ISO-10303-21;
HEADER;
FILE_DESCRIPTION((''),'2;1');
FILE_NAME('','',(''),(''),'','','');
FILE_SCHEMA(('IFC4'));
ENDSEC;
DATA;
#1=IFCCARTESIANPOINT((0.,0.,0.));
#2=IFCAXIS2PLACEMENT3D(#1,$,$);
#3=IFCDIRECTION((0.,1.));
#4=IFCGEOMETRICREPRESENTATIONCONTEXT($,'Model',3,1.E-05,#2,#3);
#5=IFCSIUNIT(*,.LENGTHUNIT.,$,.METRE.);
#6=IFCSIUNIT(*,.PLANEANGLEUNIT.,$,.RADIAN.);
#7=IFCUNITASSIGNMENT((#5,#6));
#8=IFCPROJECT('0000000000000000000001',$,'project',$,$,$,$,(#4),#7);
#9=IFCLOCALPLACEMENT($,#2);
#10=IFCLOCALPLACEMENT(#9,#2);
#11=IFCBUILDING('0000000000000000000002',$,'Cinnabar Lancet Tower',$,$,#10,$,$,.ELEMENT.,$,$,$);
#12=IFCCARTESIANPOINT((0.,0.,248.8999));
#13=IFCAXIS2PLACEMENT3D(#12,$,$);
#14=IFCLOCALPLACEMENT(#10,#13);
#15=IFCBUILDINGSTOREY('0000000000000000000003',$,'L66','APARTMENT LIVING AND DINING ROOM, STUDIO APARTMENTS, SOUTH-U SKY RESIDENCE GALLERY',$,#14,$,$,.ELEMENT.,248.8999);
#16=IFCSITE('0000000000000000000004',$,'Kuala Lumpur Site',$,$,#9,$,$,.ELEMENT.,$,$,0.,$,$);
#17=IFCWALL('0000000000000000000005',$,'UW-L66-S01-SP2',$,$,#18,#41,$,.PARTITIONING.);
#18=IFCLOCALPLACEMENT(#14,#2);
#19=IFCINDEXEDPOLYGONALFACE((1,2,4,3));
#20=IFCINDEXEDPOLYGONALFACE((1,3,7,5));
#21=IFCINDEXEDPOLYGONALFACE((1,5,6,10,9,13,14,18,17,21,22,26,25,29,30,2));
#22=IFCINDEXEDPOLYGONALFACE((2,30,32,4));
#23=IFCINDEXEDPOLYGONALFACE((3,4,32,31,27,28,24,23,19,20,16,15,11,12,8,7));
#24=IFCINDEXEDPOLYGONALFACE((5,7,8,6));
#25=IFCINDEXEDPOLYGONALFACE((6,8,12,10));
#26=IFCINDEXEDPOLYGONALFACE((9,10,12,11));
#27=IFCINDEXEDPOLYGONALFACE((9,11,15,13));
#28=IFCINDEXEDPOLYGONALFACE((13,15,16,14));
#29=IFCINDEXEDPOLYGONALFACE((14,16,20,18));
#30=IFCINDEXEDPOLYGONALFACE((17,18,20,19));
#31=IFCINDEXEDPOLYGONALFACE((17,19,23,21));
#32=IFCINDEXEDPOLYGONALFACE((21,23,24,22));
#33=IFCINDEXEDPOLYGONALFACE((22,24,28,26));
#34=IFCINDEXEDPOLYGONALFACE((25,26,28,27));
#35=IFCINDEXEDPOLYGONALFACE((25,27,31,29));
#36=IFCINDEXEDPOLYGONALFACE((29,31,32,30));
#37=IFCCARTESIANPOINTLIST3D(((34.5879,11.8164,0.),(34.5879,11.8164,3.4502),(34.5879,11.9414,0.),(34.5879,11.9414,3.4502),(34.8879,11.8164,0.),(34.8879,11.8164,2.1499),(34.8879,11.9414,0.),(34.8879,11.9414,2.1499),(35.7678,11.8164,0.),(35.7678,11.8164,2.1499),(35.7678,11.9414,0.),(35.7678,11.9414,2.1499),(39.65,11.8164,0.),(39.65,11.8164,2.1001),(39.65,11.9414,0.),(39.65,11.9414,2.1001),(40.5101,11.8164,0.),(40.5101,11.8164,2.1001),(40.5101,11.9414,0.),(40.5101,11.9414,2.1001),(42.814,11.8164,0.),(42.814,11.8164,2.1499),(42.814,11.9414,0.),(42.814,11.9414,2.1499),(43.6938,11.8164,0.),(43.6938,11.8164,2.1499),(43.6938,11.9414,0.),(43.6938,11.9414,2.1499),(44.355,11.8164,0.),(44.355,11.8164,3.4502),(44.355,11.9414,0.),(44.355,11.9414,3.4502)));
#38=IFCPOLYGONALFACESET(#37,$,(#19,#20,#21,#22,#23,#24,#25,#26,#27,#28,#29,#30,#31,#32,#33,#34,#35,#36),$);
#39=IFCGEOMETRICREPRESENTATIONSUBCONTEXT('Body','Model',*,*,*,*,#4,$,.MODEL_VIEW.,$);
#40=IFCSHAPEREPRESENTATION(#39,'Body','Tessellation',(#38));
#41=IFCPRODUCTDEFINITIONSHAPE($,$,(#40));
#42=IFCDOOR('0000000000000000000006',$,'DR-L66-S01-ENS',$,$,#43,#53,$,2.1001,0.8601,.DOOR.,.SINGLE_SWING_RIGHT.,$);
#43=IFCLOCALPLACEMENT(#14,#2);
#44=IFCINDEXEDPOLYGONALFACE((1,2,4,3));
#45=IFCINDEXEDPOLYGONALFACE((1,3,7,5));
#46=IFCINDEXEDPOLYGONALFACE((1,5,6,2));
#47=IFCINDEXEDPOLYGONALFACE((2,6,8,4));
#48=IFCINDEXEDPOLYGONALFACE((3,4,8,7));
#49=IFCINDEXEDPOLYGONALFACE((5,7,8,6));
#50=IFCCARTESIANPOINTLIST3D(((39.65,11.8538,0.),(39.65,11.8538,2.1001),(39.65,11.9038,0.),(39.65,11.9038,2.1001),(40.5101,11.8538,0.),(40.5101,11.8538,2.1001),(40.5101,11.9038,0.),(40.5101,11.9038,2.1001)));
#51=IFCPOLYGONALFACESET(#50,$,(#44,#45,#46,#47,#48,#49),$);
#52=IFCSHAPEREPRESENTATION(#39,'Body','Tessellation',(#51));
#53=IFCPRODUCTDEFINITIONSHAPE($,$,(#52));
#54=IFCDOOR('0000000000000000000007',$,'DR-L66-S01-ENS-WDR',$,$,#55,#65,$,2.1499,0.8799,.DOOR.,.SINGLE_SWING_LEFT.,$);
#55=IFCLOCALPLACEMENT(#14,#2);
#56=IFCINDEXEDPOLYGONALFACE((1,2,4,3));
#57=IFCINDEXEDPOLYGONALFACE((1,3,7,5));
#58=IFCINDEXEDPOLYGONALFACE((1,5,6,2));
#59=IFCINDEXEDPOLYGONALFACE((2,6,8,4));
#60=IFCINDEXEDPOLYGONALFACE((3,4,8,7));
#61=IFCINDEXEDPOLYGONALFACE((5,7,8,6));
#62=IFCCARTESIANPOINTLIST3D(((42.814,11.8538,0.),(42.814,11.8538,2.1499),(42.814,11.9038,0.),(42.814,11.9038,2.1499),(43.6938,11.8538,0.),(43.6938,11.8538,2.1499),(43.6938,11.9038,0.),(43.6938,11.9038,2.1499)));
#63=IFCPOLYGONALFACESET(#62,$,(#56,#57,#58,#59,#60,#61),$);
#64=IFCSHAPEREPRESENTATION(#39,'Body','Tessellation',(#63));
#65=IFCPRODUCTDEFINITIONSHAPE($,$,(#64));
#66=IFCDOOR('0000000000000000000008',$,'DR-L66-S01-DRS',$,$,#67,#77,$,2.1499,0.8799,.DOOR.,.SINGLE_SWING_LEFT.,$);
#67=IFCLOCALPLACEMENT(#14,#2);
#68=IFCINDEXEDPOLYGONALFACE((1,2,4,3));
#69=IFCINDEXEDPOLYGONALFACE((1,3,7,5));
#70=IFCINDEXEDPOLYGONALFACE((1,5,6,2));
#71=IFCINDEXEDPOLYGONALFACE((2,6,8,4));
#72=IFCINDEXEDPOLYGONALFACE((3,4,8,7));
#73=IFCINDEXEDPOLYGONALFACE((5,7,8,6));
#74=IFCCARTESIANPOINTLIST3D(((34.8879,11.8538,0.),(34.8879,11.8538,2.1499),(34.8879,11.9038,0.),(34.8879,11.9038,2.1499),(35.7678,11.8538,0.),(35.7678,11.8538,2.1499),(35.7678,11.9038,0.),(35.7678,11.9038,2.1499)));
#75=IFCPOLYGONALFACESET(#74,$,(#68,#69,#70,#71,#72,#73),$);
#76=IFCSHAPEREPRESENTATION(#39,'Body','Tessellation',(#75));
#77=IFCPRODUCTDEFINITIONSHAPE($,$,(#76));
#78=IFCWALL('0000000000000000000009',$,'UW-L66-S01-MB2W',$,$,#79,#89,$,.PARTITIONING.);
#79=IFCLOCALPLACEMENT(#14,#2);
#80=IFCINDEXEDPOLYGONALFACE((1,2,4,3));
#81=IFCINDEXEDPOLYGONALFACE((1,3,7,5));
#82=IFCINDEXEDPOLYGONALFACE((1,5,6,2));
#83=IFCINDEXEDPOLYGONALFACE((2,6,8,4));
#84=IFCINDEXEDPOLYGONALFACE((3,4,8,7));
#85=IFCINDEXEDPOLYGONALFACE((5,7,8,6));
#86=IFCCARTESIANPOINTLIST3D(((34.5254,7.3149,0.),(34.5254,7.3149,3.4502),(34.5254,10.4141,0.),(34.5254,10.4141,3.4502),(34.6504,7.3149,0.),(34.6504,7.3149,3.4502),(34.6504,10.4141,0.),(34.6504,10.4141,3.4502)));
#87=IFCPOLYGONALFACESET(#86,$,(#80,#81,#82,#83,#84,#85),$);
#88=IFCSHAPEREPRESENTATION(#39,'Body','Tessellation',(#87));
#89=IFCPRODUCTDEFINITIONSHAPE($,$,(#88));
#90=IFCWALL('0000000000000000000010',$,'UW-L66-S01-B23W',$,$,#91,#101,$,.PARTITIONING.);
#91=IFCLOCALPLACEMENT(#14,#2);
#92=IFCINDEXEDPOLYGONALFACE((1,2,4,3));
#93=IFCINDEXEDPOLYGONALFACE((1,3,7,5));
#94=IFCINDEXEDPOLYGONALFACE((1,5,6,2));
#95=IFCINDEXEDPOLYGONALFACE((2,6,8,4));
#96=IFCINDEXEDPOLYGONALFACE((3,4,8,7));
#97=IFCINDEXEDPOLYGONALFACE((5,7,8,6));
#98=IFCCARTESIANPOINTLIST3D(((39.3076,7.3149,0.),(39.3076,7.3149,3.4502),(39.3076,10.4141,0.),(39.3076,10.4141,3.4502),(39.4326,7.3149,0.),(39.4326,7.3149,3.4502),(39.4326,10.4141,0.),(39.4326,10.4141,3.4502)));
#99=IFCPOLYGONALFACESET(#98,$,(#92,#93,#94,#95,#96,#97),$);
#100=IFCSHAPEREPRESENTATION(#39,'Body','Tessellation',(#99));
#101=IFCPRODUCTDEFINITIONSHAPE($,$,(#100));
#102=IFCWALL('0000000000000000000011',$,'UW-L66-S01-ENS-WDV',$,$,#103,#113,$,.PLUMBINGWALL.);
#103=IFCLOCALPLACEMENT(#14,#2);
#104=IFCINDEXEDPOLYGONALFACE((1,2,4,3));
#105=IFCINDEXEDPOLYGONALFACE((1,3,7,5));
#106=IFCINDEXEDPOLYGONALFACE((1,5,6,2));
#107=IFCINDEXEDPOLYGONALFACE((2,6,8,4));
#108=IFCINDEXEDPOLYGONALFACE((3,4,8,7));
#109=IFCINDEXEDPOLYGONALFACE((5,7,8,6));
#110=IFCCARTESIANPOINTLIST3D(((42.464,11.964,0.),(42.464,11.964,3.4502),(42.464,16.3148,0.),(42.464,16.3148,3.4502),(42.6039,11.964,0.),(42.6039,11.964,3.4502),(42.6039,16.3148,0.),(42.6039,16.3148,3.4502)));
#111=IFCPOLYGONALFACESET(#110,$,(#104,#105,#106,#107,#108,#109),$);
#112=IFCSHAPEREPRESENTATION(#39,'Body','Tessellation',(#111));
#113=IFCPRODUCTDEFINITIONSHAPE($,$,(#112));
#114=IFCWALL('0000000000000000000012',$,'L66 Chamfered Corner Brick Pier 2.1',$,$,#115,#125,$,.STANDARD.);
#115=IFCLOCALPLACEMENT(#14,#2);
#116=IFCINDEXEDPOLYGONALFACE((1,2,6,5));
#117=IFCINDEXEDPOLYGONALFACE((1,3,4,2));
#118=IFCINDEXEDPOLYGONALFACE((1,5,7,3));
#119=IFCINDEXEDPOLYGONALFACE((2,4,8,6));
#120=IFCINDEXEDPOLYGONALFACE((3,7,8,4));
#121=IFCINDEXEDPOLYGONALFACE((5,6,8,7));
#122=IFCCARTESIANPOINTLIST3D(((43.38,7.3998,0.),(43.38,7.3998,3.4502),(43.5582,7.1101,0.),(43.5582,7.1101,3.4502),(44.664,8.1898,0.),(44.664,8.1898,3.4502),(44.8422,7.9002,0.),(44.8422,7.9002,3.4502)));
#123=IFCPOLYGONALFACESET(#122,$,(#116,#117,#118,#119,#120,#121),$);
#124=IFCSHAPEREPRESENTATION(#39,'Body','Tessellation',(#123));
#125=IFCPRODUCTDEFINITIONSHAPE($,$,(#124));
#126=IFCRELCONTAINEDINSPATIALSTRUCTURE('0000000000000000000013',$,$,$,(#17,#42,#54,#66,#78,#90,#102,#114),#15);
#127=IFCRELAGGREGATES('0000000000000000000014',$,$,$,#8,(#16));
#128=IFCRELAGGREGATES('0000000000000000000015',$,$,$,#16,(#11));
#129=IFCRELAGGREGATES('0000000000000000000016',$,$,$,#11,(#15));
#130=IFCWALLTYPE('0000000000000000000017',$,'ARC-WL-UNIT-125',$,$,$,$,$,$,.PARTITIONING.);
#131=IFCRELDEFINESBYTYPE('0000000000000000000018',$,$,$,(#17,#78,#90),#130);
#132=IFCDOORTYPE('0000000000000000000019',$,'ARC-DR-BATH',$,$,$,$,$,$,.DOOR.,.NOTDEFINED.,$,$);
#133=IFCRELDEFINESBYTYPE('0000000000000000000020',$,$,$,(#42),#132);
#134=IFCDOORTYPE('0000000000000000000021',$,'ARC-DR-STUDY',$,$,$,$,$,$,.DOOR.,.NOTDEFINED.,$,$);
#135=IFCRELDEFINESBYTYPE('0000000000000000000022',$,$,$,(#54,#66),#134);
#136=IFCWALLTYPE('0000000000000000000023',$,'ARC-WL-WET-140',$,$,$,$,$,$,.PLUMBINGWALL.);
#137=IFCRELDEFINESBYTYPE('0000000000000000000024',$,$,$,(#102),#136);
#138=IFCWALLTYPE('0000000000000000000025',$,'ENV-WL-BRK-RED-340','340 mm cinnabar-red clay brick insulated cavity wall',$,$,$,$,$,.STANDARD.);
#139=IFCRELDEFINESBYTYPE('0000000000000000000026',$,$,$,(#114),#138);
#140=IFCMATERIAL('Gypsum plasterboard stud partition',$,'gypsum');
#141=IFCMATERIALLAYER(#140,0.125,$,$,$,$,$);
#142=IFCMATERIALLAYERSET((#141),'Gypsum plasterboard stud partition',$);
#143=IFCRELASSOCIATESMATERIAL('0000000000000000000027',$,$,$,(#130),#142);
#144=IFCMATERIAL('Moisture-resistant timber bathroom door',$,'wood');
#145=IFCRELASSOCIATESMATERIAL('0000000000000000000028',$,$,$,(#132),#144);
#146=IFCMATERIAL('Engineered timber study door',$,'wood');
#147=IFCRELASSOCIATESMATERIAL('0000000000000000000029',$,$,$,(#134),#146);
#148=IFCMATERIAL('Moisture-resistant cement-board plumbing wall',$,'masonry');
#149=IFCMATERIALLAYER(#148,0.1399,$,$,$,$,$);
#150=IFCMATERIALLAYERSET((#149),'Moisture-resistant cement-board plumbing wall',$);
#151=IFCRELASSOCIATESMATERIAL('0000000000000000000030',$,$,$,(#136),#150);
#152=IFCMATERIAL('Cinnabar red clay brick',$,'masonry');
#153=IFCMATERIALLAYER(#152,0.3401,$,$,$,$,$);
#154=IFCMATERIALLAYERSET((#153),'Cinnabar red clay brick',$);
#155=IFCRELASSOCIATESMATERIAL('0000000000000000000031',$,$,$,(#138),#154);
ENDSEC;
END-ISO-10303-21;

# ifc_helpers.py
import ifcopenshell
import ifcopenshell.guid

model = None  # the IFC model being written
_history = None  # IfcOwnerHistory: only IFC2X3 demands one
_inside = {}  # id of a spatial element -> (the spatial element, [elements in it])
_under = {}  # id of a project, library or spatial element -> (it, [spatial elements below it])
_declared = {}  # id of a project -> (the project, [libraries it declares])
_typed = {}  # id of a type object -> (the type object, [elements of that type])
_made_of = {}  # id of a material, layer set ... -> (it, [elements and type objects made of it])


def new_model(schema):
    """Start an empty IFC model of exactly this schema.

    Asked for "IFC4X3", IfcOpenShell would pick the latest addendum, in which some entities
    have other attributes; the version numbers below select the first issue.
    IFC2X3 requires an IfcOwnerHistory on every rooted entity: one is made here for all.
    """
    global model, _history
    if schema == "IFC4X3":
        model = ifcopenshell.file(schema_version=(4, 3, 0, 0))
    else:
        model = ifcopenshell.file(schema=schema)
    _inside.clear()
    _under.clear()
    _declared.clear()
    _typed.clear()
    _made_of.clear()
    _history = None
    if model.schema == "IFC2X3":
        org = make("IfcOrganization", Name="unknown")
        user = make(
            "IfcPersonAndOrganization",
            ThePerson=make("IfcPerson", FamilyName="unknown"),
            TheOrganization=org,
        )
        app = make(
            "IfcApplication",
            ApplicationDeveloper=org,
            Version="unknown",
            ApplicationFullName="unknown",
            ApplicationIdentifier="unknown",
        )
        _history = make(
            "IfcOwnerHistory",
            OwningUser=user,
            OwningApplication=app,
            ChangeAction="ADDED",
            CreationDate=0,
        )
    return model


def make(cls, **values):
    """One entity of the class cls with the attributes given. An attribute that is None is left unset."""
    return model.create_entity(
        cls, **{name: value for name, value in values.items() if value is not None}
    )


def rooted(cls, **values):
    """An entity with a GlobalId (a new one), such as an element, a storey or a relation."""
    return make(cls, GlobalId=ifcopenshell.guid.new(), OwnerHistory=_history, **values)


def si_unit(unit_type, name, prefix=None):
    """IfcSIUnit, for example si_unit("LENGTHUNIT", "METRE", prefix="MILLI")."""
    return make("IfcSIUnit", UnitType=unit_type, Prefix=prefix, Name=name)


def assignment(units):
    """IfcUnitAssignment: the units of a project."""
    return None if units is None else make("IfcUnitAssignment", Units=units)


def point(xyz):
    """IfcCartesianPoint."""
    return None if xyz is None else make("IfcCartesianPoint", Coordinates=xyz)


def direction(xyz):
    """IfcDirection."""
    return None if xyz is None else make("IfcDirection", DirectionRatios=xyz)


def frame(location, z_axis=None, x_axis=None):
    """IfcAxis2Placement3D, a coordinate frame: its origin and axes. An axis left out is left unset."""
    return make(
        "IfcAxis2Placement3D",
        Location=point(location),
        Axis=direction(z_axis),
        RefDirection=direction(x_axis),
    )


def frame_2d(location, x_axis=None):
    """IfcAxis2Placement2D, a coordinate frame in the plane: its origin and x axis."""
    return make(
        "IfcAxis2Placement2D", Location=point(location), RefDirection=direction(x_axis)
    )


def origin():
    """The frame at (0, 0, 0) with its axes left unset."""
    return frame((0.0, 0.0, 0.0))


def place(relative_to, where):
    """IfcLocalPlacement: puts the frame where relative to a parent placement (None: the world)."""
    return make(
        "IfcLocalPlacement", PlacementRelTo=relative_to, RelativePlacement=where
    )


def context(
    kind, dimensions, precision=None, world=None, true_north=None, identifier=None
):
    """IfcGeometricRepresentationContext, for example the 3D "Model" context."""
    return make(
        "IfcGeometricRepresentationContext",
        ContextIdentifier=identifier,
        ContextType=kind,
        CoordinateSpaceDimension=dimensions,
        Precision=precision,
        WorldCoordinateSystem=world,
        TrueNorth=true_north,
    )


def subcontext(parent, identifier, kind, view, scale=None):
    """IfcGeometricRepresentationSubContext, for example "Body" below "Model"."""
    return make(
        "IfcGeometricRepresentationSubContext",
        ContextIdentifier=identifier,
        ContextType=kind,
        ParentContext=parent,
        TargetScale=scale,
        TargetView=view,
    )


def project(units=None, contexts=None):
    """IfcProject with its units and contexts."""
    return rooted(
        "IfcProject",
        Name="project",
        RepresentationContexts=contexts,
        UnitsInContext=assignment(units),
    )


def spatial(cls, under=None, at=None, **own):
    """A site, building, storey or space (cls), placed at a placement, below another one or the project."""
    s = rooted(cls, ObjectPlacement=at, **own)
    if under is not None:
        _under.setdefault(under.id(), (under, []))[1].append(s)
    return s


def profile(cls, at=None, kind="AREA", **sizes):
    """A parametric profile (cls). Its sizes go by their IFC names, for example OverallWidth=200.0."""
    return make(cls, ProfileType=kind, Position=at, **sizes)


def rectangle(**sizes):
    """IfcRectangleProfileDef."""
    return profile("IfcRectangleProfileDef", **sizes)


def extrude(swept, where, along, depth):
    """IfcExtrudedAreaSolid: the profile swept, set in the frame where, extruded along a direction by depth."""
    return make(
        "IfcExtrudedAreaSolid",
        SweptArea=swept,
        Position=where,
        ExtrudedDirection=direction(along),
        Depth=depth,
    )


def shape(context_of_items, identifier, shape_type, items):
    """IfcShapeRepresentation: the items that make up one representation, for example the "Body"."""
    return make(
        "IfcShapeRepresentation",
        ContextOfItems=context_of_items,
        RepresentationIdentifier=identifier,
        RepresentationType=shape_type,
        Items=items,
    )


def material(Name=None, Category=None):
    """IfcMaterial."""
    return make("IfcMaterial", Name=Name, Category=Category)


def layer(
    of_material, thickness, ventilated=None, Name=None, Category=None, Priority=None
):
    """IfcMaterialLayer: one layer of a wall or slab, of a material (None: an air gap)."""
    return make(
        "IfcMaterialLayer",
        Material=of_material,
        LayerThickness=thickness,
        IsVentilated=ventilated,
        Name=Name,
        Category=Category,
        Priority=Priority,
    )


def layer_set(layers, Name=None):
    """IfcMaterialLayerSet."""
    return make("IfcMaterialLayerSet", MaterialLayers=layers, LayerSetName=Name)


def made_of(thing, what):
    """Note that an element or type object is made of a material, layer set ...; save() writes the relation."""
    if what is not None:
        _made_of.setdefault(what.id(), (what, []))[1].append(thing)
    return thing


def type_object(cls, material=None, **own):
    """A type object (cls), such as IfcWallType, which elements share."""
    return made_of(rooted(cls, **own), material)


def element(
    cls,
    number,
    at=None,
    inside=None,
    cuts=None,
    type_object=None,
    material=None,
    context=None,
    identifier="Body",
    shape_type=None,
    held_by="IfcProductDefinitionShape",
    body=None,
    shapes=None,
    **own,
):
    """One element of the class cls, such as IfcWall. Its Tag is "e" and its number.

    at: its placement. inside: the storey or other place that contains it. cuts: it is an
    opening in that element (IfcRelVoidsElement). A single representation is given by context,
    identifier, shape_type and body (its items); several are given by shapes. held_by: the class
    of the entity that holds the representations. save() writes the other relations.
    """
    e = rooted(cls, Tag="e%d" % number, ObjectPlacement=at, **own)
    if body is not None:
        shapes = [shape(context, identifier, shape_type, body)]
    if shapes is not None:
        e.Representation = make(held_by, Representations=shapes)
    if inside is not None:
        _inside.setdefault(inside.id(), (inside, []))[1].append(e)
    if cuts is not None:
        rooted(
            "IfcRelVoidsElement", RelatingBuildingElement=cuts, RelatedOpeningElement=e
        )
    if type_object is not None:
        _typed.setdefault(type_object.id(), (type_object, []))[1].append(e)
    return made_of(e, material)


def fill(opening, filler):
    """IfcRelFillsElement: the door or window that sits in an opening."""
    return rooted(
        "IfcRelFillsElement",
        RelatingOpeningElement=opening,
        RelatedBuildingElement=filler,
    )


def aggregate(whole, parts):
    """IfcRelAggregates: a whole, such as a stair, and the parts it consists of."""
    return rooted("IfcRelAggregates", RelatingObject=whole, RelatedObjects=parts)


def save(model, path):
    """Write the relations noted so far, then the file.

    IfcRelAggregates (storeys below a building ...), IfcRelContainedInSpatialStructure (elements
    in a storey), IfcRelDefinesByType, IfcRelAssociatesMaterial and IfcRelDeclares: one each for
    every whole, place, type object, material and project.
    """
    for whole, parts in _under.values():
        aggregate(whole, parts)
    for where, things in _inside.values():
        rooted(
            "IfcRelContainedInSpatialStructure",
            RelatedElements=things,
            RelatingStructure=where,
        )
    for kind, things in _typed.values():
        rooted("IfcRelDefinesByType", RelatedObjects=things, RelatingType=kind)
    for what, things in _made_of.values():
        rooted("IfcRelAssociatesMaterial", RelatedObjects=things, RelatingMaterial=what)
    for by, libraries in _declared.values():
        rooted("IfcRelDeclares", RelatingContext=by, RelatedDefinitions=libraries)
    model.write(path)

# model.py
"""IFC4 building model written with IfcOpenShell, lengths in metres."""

from ifc_helpers import new_model, si_unit, direction, frame, frame_2d, origin, place, context, subcontext, project, spatial, rectangle, extrude, material, layer, layer_set, type_object, element, fill, save


model = new_model("IFC4")

# Units and contexts
model_context = context("Model", 3, precision=1e-05, world=origin(), true_north=direction((0.0, 1.0)))
body_context = subcontext(model_context, "Body", "Model", "MODEL_VIEW")
ifc_project = project(units=[si_unit("LENGTHUNIT", "METRE"), si_unit("PLANEANGLEUNIT", "RADIAN")], contexts=[model_context])

# Site, building, storey
site_placement = place(None, origin())
site = spatial("IfcSite", under=ifc_project, at=site_placement, Name="Kuala Lumpur Site", CompositionType="ELEMENT", RefElevation=0.0)
building_placement = place(site_placement, origin())
building = spatial("IfcBuilding", under=site, at=building_placement, Name="Cinnabar Lancet Tower", CompositionType="ELEMENT")
storey_placement = place(building_placement, frame((0.0, 0.0, 248.8999)))
storey = spatial("IfcBuildingStorey", under=building, at=storey_placement, Name="L66", Description="APARTMENT LIVING AND DINING ROOM, STUDIO APARTMENTS, SOUTH-U SKY RESIDENCE GALLERY", CompositionType="ELEMENT", Elevation=248.8999)

# Wall, openings, doors
ifc_material_1 = material(Name="Gypsum plasterboard stud partition", Category="gypsum")
ifc_layer_1 = layer(ifc_material_1, 0.125)
ifc_layer_set_1 = layer_set([ifc_layer_1], Name="Gypsum plasterboard stud partition")
wall_type_1 = type_object("IfcWallType", Name="ARC-WL-UNIT-125", PredefinedType="PARTITIONING", material=ifc_layer_set_1)
wall_1_placement = place(storey_placement, frame((34.5879, 11.8789, 0.0), z_axis=(0.0, 0.0, 1.0), x_axis=(1.0, 0.0, 0.0)))
wall_1 = element("IfcWall", 1, at=wall_1_placement, inside=storey, type_object=wall_type_1, Name="UW-L66-S01-SP2", PredefinedType="PARTITIONING", context=body_context, shape_type="SweptSolid", body=[
    extrude(rectangle(XDim=9.7671, YDim=0.125, at=frame_2d((4.8835, 0.0))), origin(), (0.0, 0.0, 1.0), 3.4502),
])
opening_1_placement = place(wall_1_placement, frame((5.062, 0.0, 0.0)))
opening_1 = element("IfcOpeningElement", 2, at=opening_1_placement, cuts=wall_1, PredefinedType="OPENING", context=body_context, shape_type="SweptSolid", body=[
    extrude(rectangle(XDim=0.8601, YDim=2.1001, at=frame_2d((0.4302, 1.05))), frame((0.0, 0.0725, 0.0), z_axis=(0.0, -1.0, 0.0), x_axis=(1.0, 0.0, 0.0)), (0.0, 0.0, 1.0), 0.145),
])
opening_2_placement = place(wall_1_placement, frame((8.2261, 0.0, 0.0)))
opening_2 = element("IfcOpeningElement", 3, at=opening_2_placement, cuts=wall_1, PredefinedType="OPENING", context=body_context, shape_type="SweptSolid", body=[
    extrude(rectangle(XDim=0.8799, YDim=2.1499, at=frame_2d((0.4399, 1.075))), frame((0.0, 0.0725, 0.0), z_axis=(0.0, -1.0, 0.0), x_axis=(1.0, 0.0, 0.0)), (0.0, 0.0, 1.0), 0.145),
])
opening_3_placement = place(wall_1_placement, frame((0.3, 0.0, 0.0)))
opening_3 = element("IfcOpeningElement", 4, at=opening_3_placement, cuts=wall_1, PredefinedType="OPENING", context=body_context, shape_type="SweptSolid", body=[
    extrude(rectangle(XDim=0.8799, YDim=2.1499, at=frame_2d((0.4399, 1.075))), frame((0.0, 0.0725, 0.0), z_axis=(0.0, -1.0, 0.0), x_axis=(1.0, 0.0, 0.0)), (0.0, 0.0, 1.0), 0.145),
])
ifc_material_2 = material(Name="Moisture-resistant timber bathroom door", Category="wood")
door_type_1 = type_object("IfcDoorType", Name="ARC-DR-BATH", OperationType="NOTDEFINED", PredefinedType="DOOR", material=ifc_material_2)
door_1_placement = place(opening_1_placement, origin())
door_1 = element("IfcDoor", 5, at=door_1_placement, inside=storey, type_object=door_type_1, Name="DR-L66-S01-ENS", OperationType="SINGLE_SWING_RIGHT", OverallHeight=2.1001, OverallWidth=0.8601, PredefinedType="DOOR", context=body_context, shape_type="SweptSolid", body=[
    extrude(rectangle(XDim=0.8601, YDim=2.1001, at=frame_2d((0.4302, 1.05))), frame((0.0, 0.0249, 0.0), z_axis=(0.0, -1.0, 0.0), x_axis=(1.0, 0.0, 0.0)), (0.0, 0.0, 1.0), 0.05),
])
fill(opening_1, door_1)
ifc_material_3 = material(Name="Engineered timber study door", Category="wood")
door_type_2 = type_object("IfcDoorType", Name="ARC-DR-STUDY", OperationType="NOTDEFINED", PredefinedType="DOOR", material=ifc_material_3)
door_2_placement = place(opening_2_placement, origin())
door_2 = element("IfcDoor", 6, at=door_2_placement, inside=storey, type_object=door_type_2, Name="DR-L66-S01-ENS-WDR", OperationType="SINGLE_SWING_LEFT", OverallHeight=2.1499, OverallWidth=0.8799, PredefinedType="DOOR", context=body_context, shape_type="SweptSolid", body=[
    extrude(rectangle(XDim=0.8799, YDim=2.1499, at=frame_2d((0.4399, 1.075))), frame((0.0, 0.0249, 0.0), z_axis=(0.0, -1.0, 0.0), x_axis=(1.0, 0.0, 0.0)), (0.0, 0.0, 1.0), 0.05),
])
fill(opening_2, door_2)
door_3_placement = place(opening_3_placement, origin())
door_3 = element("IfcDoor", 7, at=door_3_placement, inside=storey, type_object=door_type_2, Name="DR-L66-S01-DRS", OperationType="SINGLE_SWING_LEFT", OverallHeight=2.1499, OverallWidth=0.8799, PredefinedType="DOOR", context=body_context, shape_type="SweptSolid", body=[
    extrude(rectangle(XDim=0.8799, YDim=2.1499, at=frame_2d((0.4399, 1.075))), frame((0.0, 0.0249, 0.0), z_axis=(0.0, -1.0, 0.0), x_axis=(1.0, 0.0, 0.0)), (0.0, 0.0, 1.0), 0.05),
])
fill(opening_3, door_3)

# Walls
for number, where, z_axis, x_axis, name in (
    (8, (34.5879, 7.3149, 0.0), (0.0, 0.0, 1.0), (0.0, 1.0, 0.0), "UW-L66-S01-MB2W"),
    (9, (39.3701, 7.3149, 0.0), (0.0, 0.0, 1.0), (0.0, 1.0, 0.0), "UW-L66-S01-B23W"),
):
    element("IfcWall", number, at=place(storey_placement, frame(where, z_axis=z_axis, x_axis=x_axis)), inside=storey, type_object=wall_type_1, Name=name, PredefinedType="PARTITIONING", context=body_context, shape_type="SweptSolid", body=[
        extrude(rectangle(XDim=3.0991, YDim=0.125, at=frame_2d((1.5496, 0.0))), origin(), (0.0, 0.0, 1.0), 3.4502),
    ])
ifc_material_4 = material(Name="Moisture-resistant cement-board plumbing wall", Category="masonry")
ifc_layer_2 = layer(ifc_material_4, 0.1399)
ifc_layer_set_2 = layer_set([ifc_layer_2], Name="Moisture-resistant cement-board plumbing wall")
wall_type_2 = type_object("IfcWallType", Name="ARC-WL-WET-140", PredefinedType="PLUMBINGWALL", material=ifc_layer_set_2)
wall_2_placement = place(storey_placement, frame((42.5339, 11.9641, 0.0), z_axis=(0.0, 0.0, 1.0), x_axis=(0.0, 1.0, 0.0)))
element("IfcWall", 10, at=wall_2_placement, inside=storey, type_object=wall_type_2, Name="UW-L66-S01-ENS-WDV", PredefinedType="PLUMBINGWALL", context=body_context, shape_type="SweptSolid", body=[
    extrude(rectangle(XDim=4.3508, YDim=0.1399, at=frame_2d((2.1753, 0.0))), origin(), (0.0, 0.0, 1.0), 3.4502),
])
ifc_material_5 = material(Name="Cinnabar red clay brick", Category="masonry")
ifc_layer_3 = layer(ifc_material_5, 0.3401)
ifc_layer_set_3 = layer_set([ifc_layer_3], Name="Cinnabar red clay brick")
wall_type_3 = type_object("IfcWallType", Name="ENV-WL-BRK-RED-340", Description="340 mm cinnabar-red clay brick insulated cavity wall", PredefinedType="STANDARD", material=ifc_layer_set_3)
wall_3_placement = place(storey_placement, frame((43.469, 7.2549, 0.0), z_axis=(0.0, 0.0, 1.0), x_axis=(0.851681, 0.524061, 0.0)))
element("IfcWall", 11, at=wall_3_placement, inside=storey, type_object=wall_type_3, Name="L66 Chamfered Corner Brick Pier 2.1", PredefinedType="STANDARD", context=body_context, shape_type="SweptSolid", body=[
    extrude(rectangle(XDim=1.5076, YDim=0.3401, at=frame_2d((0.7539, 0.0))), origin(), (0.0, 0.0, 1.0), 3.4502),
])

save(model, "model.ifc")
